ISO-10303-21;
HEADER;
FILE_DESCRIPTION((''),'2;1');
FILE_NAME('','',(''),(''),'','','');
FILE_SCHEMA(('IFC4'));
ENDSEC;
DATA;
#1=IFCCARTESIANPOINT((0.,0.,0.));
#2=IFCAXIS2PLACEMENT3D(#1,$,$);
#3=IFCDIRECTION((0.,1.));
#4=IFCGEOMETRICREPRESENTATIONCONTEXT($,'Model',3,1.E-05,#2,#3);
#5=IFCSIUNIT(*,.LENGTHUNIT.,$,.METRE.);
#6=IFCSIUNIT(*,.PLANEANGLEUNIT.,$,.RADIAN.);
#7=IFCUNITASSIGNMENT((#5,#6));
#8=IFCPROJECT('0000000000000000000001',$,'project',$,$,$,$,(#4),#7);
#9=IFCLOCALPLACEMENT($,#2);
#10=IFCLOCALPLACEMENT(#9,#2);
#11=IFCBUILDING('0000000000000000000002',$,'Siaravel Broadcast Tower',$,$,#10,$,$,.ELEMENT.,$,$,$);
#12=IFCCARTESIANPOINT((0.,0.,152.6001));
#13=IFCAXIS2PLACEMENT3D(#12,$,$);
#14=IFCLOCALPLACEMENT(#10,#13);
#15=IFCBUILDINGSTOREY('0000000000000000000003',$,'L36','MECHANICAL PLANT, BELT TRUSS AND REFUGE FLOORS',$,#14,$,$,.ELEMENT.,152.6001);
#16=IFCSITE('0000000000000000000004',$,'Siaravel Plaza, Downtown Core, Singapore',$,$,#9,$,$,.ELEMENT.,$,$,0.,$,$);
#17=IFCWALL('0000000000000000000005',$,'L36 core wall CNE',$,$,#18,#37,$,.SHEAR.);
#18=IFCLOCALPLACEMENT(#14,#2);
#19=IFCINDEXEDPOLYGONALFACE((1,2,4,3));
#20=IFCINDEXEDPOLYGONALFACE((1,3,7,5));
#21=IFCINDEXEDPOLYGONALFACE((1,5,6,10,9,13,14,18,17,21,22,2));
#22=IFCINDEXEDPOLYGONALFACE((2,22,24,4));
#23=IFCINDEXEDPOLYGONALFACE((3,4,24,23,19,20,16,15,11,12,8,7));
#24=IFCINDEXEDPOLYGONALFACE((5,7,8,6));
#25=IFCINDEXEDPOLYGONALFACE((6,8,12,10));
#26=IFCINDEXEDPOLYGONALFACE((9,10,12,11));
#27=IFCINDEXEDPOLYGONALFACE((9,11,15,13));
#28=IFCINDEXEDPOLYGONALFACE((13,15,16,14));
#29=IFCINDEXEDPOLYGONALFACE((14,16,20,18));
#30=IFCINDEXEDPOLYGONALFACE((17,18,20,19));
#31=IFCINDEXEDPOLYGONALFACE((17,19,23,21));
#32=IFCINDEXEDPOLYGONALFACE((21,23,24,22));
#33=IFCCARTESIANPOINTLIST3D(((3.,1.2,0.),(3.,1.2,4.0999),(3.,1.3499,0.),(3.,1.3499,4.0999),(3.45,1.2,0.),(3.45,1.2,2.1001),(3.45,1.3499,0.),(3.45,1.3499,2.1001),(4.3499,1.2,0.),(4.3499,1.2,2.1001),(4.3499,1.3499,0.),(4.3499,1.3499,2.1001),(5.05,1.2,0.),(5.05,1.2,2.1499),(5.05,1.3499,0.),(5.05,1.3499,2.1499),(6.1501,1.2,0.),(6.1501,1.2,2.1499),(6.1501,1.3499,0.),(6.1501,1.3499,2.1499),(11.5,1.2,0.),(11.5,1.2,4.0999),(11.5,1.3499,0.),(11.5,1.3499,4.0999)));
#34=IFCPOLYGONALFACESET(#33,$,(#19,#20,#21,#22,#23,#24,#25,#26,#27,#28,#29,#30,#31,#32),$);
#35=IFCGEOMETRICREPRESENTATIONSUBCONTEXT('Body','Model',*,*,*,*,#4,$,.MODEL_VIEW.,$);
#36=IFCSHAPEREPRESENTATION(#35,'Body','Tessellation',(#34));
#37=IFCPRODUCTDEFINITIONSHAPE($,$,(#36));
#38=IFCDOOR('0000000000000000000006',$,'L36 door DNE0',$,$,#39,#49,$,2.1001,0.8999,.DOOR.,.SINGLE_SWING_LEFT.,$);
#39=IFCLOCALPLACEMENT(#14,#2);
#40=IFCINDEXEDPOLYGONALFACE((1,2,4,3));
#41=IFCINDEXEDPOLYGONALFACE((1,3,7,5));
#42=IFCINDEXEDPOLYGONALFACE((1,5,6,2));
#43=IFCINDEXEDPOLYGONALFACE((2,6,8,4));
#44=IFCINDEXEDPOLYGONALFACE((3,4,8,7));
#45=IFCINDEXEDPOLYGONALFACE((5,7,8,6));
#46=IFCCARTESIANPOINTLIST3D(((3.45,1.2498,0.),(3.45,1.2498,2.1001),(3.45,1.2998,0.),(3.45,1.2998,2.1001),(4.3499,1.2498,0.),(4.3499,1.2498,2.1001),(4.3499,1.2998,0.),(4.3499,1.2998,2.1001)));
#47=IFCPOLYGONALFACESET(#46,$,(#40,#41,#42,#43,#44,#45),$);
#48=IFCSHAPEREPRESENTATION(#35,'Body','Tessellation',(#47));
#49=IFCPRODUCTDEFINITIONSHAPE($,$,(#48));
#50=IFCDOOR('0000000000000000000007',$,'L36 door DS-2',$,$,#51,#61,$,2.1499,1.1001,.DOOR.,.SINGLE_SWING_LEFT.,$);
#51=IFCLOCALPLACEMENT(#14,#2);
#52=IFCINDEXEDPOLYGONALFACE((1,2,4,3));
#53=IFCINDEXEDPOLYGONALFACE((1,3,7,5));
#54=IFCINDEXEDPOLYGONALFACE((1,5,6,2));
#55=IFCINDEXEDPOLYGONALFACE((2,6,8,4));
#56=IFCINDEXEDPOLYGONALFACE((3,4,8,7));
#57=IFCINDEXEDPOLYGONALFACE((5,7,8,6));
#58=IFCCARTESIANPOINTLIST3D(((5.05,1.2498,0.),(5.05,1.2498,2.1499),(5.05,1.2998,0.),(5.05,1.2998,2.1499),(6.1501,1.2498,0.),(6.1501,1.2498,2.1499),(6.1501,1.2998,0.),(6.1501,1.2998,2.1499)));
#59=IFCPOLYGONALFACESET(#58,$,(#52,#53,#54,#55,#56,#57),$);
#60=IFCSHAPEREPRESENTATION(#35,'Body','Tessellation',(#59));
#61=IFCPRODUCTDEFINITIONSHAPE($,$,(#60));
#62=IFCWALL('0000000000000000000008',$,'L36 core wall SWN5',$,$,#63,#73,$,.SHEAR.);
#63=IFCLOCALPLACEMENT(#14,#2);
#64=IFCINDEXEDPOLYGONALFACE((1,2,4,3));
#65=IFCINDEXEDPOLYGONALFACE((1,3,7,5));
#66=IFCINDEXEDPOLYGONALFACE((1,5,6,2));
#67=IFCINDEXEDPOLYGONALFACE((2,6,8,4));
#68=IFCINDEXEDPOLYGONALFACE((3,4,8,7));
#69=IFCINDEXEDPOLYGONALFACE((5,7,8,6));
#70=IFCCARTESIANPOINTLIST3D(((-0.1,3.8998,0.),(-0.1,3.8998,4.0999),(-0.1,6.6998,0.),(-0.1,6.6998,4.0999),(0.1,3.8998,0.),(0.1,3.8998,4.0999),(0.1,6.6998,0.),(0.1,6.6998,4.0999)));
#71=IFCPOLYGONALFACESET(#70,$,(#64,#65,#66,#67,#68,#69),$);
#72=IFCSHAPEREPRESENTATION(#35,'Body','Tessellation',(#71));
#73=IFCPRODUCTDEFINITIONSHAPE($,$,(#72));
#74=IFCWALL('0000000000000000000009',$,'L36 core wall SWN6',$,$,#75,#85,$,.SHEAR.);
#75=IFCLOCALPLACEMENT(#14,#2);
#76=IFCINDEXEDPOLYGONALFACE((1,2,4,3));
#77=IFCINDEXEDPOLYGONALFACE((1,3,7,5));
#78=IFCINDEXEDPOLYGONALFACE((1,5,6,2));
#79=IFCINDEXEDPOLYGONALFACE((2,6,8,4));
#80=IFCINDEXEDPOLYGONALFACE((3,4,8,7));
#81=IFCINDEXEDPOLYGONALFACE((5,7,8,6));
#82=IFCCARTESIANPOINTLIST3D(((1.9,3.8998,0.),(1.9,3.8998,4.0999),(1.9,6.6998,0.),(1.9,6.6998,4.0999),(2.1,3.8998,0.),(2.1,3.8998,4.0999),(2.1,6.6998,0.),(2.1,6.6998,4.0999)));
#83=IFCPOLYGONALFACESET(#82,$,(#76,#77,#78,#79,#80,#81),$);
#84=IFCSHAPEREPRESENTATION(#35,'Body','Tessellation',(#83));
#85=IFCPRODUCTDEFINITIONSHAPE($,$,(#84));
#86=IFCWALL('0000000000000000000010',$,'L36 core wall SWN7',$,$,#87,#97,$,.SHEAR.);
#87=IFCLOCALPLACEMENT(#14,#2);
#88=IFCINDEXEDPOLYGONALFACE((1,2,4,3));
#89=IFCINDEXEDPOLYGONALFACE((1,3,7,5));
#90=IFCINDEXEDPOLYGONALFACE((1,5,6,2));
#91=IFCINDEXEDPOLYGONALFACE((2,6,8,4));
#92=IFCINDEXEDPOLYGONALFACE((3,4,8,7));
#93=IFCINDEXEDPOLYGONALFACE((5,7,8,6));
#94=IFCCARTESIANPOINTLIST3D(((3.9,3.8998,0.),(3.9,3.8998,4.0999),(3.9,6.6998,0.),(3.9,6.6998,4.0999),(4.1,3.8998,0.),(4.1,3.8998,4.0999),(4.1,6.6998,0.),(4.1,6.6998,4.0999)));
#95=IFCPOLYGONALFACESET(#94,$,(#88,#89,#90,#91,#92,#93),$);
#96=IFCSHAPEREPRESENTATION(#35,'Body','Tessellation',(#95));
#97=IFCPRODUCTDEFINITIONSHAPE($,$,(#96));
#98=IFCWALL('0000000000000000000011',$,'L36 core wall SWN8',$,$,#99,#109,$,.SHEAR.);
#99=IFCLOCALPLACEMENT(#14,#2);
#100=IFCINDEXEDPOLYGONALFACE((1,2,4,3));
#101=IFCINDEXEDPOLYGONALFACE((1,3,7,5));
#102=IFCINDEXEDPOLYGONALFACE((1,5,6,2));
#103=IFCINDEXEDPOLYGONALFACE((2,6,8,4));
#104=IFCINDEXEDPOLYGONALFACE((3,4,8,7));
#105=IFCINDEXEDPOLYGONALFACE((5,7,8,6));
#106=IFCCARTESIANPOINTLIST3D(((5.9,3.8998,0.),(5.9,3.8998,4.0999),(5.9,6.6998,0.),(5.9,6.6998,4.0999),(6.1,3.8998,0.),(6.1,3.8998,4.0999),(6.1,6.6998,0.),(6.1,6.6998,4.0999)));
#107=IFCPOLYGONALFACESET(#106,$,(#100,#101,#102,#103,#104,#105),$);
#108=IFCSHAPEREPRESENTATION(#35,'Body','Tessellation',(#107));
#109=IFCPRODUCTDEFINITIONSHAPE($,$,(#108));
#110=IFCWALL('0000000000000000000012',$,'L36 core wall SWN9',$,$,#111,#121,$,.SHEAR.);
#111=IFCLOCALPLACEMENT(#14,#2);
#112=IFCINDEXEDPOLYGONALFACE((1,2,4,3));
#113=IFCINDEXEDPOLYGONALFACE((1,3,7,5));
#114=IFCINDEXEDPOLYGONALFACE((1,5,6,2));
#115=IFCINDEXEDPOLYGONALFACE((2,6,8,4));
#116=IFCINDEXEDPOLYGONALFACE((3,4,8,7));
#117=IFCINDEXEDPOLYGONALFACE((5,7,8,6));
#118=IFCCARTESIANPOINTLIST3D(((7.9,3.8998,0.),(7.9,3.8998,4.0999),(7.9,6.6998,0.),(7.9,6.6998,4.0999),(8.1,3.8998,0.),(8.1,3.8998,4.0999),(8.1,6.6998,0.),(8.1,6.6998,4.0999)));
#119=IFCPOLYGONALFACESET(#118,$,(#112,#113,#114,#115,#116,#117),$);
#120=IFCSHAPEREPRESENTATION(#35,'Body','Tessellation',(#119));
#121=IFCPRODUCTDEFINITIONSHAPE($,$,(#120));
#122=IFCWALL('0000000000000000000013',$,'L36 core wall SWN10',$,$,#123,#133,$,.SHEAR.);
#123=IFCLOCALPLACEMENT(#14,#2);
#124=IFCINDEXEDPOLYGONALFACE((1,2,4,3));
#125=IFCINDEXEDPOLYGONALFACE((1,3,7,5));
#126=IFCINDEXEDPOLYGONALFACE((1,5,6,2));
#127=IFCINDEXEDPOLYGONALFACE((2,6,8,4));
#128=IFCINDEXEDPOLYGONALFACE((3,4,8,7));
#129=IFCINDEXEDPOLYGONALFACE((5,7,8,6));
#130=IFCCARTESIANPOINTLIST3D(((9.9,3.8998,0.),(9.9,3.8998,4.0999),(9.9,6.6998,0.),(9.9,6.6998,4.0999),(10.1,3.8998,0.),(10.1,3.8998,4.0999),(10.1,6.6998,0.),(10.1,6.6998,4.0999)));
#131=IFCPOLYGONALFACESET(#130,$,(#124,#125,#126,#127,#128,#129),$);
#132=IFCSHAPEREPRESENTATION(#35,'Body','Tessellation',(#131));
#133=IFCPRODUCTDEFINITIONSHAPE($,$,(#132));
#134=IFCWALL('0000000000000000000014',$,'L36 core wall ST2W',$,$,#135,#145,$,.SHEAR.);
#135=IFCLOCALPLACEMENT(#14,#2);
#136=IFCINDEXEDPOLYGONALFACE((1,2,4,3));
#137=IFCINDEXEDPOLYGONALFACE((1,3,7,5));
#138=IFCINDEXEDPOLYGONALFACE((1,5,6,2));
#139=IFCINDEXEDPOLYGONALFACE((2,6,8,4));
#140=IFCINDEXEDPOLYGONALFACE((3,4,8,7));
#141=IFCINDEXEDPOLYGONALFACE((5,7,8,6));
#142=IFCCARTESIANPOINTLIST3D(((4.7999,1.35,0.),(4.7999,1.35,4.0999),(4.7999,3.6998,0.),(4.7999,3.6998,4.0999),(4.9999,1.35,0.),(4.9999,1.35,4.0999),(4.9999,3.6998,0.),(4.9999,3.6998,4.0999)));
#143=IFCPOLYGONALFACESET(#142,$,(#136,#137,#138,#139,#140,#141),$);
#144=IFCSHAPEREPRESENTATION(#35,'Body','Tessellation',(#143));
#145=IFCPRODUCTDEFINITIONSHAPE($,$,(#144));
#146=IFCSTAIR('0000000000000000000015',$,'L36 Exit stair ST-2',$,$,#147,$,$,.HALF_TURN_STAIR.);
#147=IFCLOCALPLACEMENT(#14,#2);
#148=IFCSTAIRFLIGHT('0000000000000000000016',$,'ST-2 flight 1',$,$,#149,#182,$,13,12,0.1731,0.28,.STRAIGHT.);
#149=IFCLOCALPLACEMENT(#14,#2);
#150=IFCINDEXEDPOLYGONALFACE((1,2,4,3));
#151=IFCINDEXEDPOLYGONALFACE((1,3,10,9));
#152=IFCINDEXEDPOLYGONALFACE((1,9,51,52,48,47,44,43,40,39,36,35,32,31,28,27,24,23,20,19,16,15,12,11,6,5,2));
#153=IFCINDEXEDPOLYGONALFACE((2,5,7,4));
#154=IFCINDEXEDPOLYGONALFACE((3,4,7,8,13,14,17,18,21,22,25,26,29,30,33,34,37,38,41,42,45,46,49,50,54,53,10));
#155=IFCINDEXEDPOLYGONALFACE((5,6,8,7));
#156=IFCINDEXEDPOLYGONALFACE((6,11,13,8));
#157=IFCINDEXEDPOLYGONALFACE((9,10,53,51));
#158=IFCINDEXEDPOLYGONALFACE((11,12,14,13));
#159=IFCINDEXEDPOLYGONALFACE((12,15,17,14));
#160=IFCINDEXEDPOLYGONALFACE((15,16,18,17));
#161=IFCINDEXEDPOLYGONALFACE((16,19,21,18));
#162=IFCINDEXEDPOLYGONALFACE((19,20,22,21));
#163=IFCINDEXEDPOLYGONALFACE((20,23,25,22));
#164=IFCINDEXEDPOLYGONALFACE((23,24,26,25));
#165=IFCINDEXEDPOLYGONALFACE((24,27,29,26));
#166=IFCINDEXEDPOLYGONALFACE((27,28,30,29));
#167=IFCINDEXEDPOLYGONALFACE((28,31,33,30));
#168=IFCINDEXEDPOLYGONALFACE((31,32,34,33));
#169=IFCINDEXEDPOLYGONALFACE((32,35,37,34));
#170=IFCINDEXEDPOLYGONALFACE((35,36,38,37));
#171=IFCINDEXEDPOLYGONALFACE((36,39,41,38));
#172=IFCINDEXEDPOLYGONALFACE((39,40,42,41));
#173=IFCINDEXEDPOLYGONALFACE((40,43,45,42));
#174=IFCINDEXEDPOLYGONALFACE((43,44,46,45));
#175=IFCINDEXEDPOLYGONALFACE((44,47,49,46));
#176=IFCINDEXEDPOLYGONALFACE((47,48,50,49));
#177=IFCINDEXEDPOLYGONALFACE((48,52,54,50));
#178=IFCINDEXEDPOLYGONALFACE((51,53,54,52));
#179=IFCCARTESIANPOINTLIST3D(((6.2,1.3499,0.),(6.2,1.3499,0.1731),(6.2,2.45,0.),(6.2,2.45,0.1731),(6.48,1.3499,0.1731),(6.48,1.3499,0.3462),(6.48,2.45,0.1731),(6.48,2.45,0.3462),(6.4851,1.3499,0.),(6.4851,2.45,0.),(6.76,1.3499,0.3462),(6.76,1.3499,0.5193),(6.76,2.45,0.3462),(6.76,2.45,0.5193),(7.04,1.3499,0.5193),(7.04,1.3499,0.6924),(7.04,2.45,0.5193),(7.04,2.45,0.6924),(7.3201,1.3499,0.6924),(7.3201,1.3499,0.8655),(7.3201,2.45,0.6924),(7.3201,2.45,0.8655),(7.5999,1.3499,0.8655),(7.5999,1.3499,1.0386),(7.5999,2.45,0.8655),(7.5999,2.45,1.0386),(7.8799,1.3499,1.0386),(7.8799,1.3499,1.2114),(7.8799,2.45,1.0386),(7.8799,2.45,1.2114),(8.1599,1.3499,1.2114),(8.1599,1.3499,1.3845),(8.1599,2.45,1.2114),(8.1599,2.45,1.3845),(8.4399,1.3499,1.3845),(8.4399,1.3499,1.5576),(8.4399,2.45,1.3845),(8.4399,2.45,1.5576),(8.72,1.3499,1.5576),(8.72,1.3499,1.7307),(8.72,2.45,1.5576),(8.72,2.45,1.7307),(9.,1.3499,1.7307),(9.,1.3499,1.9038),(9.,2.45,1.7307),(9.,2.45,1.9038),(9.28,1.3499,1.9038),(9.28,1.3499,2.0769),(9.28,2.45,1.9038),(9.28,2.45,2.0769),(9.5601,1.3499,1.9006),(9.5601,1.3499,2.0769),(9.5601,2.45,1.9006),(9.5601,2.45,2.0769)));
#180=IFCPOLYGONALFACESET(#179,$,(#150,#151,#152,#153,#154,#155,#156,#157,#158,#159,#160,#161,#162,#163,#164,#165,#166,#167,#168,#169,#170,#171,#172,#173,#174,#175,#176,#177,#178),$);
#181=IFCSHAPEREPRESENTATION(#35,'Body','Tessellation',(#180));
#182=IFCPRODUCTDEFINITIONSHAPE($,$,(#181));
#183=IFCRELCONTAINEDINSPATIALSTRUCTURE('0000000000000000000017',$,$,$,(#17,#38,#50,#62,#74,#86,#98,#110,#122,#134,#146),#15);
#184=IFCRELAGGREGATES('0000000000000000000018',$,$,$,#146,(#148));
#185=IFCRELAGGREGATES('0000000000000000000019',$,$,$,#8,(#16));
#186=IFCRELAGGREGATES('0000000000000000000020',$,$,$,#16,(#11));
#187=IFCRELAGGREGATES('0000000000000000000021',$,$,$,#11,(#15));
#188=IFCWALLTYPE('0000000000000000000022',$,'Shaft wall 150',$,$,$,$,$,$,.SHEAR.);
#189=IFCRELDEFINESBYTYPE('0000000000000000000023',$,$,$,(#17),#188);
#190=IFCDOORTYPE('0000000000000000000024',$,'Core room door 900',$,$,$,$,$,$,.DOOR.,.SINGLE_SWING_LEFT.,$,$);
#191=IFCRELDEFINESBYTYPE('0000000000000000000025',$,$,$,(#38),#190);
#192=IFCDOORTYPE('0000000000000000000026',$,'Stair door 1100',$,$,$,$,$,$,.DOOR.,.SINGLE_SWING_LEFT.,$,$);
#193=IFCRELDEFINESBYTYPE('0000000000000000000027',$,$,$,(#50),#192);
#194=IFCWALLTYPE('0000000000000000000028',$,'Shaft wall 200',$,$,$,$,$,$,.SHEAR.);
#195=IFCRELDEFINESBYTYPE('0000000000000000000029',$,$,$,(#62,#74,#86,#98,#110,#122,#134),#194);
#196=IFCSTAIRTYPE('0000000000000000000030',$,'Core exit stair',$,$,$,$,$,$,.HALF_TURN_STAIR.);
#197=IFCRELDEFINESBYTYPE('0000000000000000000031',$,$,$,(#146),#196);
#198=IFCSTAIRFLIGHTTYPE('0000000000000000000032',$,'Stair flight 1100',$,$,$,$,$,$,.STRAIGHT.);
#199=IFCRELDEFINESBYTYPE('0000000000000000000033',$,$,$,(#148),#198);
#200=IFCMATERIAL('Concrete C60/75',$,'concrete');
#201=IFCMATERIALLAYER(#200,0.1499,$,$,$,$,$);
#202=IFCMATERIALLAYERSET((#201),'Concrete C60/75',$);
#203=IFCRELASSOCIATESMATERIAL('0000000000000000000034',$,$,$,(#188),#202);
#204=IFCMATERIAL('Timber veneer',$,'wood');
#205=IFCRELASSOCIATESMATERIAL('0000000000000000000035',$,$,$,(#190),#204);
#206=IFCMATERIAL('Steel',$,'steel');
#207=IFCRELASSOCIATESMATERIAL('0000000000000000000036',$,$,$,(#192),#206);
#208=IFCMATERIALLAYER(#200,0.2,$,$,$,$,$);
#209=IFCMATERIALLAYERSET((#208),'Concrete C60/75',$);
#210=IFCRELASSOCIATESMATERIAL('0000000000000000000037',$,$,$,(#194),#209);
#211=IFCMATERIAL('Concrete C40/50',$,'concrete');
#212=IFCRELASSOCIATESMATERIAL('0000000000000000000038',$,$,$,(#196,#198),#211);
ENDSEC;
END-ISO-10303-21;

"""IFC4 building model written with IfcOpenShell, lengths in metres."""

from ifc_helpers import new_model, si_unit, direction, frame, frame_2d, origin, place, context, subcontext, project, spatial, polyline, rectangle, outline, extrude, material, layer, layer_set, type_object, element, fill, aggregate, save


model = new_model("IFC4")

# Units and contexts
model_context = context("Model", 3, precision=1e-05, world=origin(), true_north=direction((0.0, 1.0)))
body_context = subcontext(model_context, "Body", "Model", "MODEL_VIEW")
ifc_project = project(units=[si_unit("LENGTHUNIT", "METRE"), si_unit("PLANEANGLEUNIT", "RADIAN")], contexts=[model_context])

# Site, building, storey
site_placement = place(None, origin())
site = spatial("IfcSite", under=ifc_project, at=site_placement, Name="Siaravel Plaza, Downtown Core, Singapore", CompositionType="ELEMENT", RefElevation=0.0)
building_placement = place(site_placement, origin())
building = spatial("IfcBuilding", under=site, at=building_placement, Name="Siaravel Broadcast Tower", CompositionType="ELEMENT")
storey_placement = place(building_placement, frame((0.0, 0.0, 152.6001)))
storey = spatial("IfcBuildingStorey", under=building, at=storey_placement, Name="L36", Description="MECHANICAL PLANT, BELT TRUSS AND REFUGE FLOORS", CompositionType="ELEMENT", Elevation=152.6001)

# Shared definitions
ifc_material_1 = material(Name="Steel", Category="steel")

# Shared definitions
ifc_material_2 = material(Name="Concrete C60/75", Category="concrete")

# Wall, openings, doors
ifc_layer_1 = layer(ifc_material_2, 0.1499)
ifc_layer_set_1 = layer_set([ifc_layer_1], Name="Concrete C60/75")
wall_type_1 = type_object("IfcWallType", Name="Shaft wall 150", PredefinedType="SHEAR", material=ifc_layer_set_1)
wall_1_placement = place(storey_placement, frame((3.0, 1.2749, 0.0), z_axis=(0.0, 0.0, 1.0), x_axis=(1.0, 0.0, 0.0)))
wall_1 = element("IfcWall", 1, at=wall_1_placement, inside=storey, type_object=wall_type_1, Name="L36 core wall CNE", PredefinedType="SHEAR", context=body_context, shape_type="SweptSolid", body=[
    extrude(rectangle(XDim=8.5, YDim=0.1499, at=frame_2d((4.25, 0.0))), origin(), (0.0, 0.0, 1.0), 4.0999),
])
opening_1_placement = place(wall_1_placement, frame((2.05, 0.0, 0.0)))
opening_1 = element("IfcOpeningElement", 2, at=opening_1_placement, cuts=wall_1, PredefinedType="OPENING", context=body_context, shape_type="SweptSolid", body=[
    extrude(rectangle(XDim=1.1001, YDim=2.1499, at=frame_2d((0.55, 1.075))), frame((0.0, 0.085, 0.0), z_axis=(0.0, -1.0, 0.0), x_axis=(1.0, 0.0, 0.0)), (0.0, 0.0, 1.0), 0.1699),
])
opening_2_placement = place(wall_1_placement, frame((0.45, 0.0, 0.0)))
opening_2 = element("IfcOpeningElement", 3, at=opening_2_placement, cuts=wall_1, PredefinedType="OPENING", context=body_context, shape_type="SweptSolid", body=[
    extrude(rectangle(XDim=0.8999, YDim=2.1001, at=frame_2d((0.45, 1.05))), frame((0.0, 0.085, 0.0), z_axis=(0.0, -1.0, 0.0), x_axis=(1.0, 0.0, 0.0)), (0.0, 0.0, 1.0), 0.1699),
])
ifc_material_3 = material(Name="Timber veneer", Category="wood")
door_type_1 = type_object("IfcDoorType", Name="Core room door 900", OperationType="SINGLE_SWING_LEFT", PredefinedType="DOOR", material=ifc_material_3)
door_1_placement = place(opening_2_placement, origin())
door_1 = element("IfcDoor", 4, at=door_1_placement, inside=storey, type_object=door_type_1, Name="L36 door DNE0", OperationType="SINGLE_SWING_LEFT", OverallHeight=2.1001, OverallWidth=0.8999, PredefinedType="DOOR", context=body_context, shape_type="SweptSolid", body=[
    extrude(rectangle(XDim=0.8999, YDim=2.1001, at=frame_2d((0.45, 1.05))), frame((0.0, 0.0249, 0.0), z_axis=(0.0, -1.0, 0.0), x_axis=(1.0, 0.0, 0.0)), (0.0, 0.0, 1.0), 0.05),
])
fill(opening_2, door_1)
door_type_2 = type_object("IfcDoorType", Name="Stair door 1100", OperationType="SINGLE_SWING_LEFT", PredefinedType="DOOR", material=ifc_material_1)
door_2_placement = place(opening_1_placement, origin())
door_2 = element("IfcDoor", 5, at=door_2_placement, inside=storey, type_object=door_type_2, Name="L36 door DS-2", OperationType="SINGLE_SWING_LEFT", OverallHeight=2.1499, OverallWidth=1.1001, PredefinedType="DOOR", context=body_context, shape_type="SweptSolid", body=[
    extrude(rectangle(XDim=1.1001, YDim=2.1499, at=frame_2d((0.55, 1.075))), frame((0.0, 0.0249, 0.0), z_axis=(0.0, -1.0, 0.0), x_axis=(1.0, 0.0, 0.0)), (0.0, 0.0, 1.0), 0.05),
])
fill(opening_1, door_2)

# Walls
ifc_layer_2 = layer(ifc_material_2, 0.2)
ifc_layer_set_2 = layer_set([ifc_layer_2], Name="Concrete C60/75")
wall_type_2 = type_object("IfcWallType", Name="Shaft wall 200", PredefinedType="SHEAR", material=ifc_layer_set_2)
for number, where, z_axis, x_axis, name in (
    (6, (0.0, 3.8999, 0.0), (0.0, 0.0, 1.0), (0.0, 1.0, 0.0), "L36 core wall SWN5"),
    (7, (2.0, 3.8999, 0.0), (0.0, 0.0, 1.0), (0.0, 1.0, 0.0), "L36 core wall SWN6"),
    (8, (4.0, 3.8999, 0.0), (0.0, 0.0, 1.0), (0.0, 1.0, 0.0), "L36 core wall SWN7"),
    (9, (6.0, 3.8999, 0.0), (0.0, 0.0, 1.0), (0.0, 1.0, 0.0), "L36 core wall SWN8"),
    (10, (8.0, 3.8999, 0.0), (0.0, 0.0, 1.0), (0.0, 1.0, 0.0), "L36 core wall SWN9"),
    (11, (10.0, 3.8999, 0.0), (0.0, 0.0, 1.0), (0.0, 1.0, 0.0), "L36 core wall SWN10"),
):
    element("IfcWall", number, at=place(storey_placement, frame(where, z_axis=z_axis, x_axis=x_axis)), inside=storey, type_object=wall_type_2, Name=name, PredefinedType="SHEAR", context=body_context, shape_type="SweptSolid", body=[
        extrude(rectangle(XDim=2.8, YDim=0.2, at=frame_2d((1.3999, 0.0))), origin(), (0.0, 0.0, 1.0), 4.0999),
    ])
wall_2_placement = place(storey_placement, frame((4.8999, 1.3501, 0.0), z_axis=(0.0, 0.0, 1.0), x_axis=(0.0, 1.0, 0.0)))
element("IfcWall", 12, at=wall_2_placement, inside=storey, type_object=wall_type_2, Name="L36 core wall ST2W", PredefinedType="SHEAR", context=body_context, shape_type="SweptSolid", body=[
    extrude(rectangle(XDim=2.3499, YDim=0.2, at=frame_2d((1.1748, 0.0))), origin(), (0.0, 0.0, 1.0), 4.0999),
])

# Stair, stair flight
ifc_material_4 = material(Name="Concrete C40/50", Category="concrete")
stair_type = type_object("IfcStairType", Name="Core exit stair", PredefinedType="HALF_TURN_STAIR", material=ifc_material_4)
stair_placement = place(storey_placement, origin())
stair = element("IfcStair", 13, at=stair_placement, inside=storey, type_object=stair_type, Name="L36 Exit stair ST-2", PredefinedType="HALF_TURN_STAIR")
stair_flight_type = type_object("IfcStairFlightType", Name="Stair flight 1100", PredefinedType="STRAIGHT", material=ifc_material_4)
stair_flight_1_placement = place(storey_placement, frame((6.2, 1.8999, 0.0), z_axis=(0.0, 0.0, 1.0), x_axis=(1.0, 0.0, 0.0)))
stair_flight_1 = element("IfcStairFlight", 14, at=stair_flight_1_placement, type_object=stair_flight_type, Name="ST-2 flight 1", NumberOfRisers=13, NumberOfTreads=12, PredefinedType="STRAIGHT", RiserHeight=0.1731, TreadLength=0.28, context=body_context, shape_type="SweptSolid", body=[
    extrude(outline(polyline([(0.0, 0.0), (0.0, 0.1731), (0.28, 0.1731), (0.28, 0.3462), (0.5601, 0.3462), (0.5601, 0.5193), (0.8401, 0.5193), (0.8401, 0.6924), (1.1201, 0.6924), (1.1201, 0.8655), (1.3999, 0.8655), (1.3999, 1.0386), (1.6799, 1.0386), (1.6799, 1.2114), (1.96, 1.2114), (1.96, 1.3845), (2.24, 1.3845), (2.24, 1.5576), (2.52, 1.5576), (2.52, 1.7307), (2.8, 1.7307), (2.8, 1.9038), (3.0801, 1.9038), (3.0801, 2.0769), (3.3601, 2.0769), (3.3601, 2.25), (3.3601, 1.9006), (0.2852, 0.0), (0.0, 0.0)])), frame((0.0, 0.55, 0.0), z_axis=(0.0, -1.0, 0.0), x_axis=(1.0, 0.0, 0.0)), (0.0, 0.0, 1.0), 1.1001),
])
aggregate(stair, [stair_flight_1])

save(model, "model.ifc")
